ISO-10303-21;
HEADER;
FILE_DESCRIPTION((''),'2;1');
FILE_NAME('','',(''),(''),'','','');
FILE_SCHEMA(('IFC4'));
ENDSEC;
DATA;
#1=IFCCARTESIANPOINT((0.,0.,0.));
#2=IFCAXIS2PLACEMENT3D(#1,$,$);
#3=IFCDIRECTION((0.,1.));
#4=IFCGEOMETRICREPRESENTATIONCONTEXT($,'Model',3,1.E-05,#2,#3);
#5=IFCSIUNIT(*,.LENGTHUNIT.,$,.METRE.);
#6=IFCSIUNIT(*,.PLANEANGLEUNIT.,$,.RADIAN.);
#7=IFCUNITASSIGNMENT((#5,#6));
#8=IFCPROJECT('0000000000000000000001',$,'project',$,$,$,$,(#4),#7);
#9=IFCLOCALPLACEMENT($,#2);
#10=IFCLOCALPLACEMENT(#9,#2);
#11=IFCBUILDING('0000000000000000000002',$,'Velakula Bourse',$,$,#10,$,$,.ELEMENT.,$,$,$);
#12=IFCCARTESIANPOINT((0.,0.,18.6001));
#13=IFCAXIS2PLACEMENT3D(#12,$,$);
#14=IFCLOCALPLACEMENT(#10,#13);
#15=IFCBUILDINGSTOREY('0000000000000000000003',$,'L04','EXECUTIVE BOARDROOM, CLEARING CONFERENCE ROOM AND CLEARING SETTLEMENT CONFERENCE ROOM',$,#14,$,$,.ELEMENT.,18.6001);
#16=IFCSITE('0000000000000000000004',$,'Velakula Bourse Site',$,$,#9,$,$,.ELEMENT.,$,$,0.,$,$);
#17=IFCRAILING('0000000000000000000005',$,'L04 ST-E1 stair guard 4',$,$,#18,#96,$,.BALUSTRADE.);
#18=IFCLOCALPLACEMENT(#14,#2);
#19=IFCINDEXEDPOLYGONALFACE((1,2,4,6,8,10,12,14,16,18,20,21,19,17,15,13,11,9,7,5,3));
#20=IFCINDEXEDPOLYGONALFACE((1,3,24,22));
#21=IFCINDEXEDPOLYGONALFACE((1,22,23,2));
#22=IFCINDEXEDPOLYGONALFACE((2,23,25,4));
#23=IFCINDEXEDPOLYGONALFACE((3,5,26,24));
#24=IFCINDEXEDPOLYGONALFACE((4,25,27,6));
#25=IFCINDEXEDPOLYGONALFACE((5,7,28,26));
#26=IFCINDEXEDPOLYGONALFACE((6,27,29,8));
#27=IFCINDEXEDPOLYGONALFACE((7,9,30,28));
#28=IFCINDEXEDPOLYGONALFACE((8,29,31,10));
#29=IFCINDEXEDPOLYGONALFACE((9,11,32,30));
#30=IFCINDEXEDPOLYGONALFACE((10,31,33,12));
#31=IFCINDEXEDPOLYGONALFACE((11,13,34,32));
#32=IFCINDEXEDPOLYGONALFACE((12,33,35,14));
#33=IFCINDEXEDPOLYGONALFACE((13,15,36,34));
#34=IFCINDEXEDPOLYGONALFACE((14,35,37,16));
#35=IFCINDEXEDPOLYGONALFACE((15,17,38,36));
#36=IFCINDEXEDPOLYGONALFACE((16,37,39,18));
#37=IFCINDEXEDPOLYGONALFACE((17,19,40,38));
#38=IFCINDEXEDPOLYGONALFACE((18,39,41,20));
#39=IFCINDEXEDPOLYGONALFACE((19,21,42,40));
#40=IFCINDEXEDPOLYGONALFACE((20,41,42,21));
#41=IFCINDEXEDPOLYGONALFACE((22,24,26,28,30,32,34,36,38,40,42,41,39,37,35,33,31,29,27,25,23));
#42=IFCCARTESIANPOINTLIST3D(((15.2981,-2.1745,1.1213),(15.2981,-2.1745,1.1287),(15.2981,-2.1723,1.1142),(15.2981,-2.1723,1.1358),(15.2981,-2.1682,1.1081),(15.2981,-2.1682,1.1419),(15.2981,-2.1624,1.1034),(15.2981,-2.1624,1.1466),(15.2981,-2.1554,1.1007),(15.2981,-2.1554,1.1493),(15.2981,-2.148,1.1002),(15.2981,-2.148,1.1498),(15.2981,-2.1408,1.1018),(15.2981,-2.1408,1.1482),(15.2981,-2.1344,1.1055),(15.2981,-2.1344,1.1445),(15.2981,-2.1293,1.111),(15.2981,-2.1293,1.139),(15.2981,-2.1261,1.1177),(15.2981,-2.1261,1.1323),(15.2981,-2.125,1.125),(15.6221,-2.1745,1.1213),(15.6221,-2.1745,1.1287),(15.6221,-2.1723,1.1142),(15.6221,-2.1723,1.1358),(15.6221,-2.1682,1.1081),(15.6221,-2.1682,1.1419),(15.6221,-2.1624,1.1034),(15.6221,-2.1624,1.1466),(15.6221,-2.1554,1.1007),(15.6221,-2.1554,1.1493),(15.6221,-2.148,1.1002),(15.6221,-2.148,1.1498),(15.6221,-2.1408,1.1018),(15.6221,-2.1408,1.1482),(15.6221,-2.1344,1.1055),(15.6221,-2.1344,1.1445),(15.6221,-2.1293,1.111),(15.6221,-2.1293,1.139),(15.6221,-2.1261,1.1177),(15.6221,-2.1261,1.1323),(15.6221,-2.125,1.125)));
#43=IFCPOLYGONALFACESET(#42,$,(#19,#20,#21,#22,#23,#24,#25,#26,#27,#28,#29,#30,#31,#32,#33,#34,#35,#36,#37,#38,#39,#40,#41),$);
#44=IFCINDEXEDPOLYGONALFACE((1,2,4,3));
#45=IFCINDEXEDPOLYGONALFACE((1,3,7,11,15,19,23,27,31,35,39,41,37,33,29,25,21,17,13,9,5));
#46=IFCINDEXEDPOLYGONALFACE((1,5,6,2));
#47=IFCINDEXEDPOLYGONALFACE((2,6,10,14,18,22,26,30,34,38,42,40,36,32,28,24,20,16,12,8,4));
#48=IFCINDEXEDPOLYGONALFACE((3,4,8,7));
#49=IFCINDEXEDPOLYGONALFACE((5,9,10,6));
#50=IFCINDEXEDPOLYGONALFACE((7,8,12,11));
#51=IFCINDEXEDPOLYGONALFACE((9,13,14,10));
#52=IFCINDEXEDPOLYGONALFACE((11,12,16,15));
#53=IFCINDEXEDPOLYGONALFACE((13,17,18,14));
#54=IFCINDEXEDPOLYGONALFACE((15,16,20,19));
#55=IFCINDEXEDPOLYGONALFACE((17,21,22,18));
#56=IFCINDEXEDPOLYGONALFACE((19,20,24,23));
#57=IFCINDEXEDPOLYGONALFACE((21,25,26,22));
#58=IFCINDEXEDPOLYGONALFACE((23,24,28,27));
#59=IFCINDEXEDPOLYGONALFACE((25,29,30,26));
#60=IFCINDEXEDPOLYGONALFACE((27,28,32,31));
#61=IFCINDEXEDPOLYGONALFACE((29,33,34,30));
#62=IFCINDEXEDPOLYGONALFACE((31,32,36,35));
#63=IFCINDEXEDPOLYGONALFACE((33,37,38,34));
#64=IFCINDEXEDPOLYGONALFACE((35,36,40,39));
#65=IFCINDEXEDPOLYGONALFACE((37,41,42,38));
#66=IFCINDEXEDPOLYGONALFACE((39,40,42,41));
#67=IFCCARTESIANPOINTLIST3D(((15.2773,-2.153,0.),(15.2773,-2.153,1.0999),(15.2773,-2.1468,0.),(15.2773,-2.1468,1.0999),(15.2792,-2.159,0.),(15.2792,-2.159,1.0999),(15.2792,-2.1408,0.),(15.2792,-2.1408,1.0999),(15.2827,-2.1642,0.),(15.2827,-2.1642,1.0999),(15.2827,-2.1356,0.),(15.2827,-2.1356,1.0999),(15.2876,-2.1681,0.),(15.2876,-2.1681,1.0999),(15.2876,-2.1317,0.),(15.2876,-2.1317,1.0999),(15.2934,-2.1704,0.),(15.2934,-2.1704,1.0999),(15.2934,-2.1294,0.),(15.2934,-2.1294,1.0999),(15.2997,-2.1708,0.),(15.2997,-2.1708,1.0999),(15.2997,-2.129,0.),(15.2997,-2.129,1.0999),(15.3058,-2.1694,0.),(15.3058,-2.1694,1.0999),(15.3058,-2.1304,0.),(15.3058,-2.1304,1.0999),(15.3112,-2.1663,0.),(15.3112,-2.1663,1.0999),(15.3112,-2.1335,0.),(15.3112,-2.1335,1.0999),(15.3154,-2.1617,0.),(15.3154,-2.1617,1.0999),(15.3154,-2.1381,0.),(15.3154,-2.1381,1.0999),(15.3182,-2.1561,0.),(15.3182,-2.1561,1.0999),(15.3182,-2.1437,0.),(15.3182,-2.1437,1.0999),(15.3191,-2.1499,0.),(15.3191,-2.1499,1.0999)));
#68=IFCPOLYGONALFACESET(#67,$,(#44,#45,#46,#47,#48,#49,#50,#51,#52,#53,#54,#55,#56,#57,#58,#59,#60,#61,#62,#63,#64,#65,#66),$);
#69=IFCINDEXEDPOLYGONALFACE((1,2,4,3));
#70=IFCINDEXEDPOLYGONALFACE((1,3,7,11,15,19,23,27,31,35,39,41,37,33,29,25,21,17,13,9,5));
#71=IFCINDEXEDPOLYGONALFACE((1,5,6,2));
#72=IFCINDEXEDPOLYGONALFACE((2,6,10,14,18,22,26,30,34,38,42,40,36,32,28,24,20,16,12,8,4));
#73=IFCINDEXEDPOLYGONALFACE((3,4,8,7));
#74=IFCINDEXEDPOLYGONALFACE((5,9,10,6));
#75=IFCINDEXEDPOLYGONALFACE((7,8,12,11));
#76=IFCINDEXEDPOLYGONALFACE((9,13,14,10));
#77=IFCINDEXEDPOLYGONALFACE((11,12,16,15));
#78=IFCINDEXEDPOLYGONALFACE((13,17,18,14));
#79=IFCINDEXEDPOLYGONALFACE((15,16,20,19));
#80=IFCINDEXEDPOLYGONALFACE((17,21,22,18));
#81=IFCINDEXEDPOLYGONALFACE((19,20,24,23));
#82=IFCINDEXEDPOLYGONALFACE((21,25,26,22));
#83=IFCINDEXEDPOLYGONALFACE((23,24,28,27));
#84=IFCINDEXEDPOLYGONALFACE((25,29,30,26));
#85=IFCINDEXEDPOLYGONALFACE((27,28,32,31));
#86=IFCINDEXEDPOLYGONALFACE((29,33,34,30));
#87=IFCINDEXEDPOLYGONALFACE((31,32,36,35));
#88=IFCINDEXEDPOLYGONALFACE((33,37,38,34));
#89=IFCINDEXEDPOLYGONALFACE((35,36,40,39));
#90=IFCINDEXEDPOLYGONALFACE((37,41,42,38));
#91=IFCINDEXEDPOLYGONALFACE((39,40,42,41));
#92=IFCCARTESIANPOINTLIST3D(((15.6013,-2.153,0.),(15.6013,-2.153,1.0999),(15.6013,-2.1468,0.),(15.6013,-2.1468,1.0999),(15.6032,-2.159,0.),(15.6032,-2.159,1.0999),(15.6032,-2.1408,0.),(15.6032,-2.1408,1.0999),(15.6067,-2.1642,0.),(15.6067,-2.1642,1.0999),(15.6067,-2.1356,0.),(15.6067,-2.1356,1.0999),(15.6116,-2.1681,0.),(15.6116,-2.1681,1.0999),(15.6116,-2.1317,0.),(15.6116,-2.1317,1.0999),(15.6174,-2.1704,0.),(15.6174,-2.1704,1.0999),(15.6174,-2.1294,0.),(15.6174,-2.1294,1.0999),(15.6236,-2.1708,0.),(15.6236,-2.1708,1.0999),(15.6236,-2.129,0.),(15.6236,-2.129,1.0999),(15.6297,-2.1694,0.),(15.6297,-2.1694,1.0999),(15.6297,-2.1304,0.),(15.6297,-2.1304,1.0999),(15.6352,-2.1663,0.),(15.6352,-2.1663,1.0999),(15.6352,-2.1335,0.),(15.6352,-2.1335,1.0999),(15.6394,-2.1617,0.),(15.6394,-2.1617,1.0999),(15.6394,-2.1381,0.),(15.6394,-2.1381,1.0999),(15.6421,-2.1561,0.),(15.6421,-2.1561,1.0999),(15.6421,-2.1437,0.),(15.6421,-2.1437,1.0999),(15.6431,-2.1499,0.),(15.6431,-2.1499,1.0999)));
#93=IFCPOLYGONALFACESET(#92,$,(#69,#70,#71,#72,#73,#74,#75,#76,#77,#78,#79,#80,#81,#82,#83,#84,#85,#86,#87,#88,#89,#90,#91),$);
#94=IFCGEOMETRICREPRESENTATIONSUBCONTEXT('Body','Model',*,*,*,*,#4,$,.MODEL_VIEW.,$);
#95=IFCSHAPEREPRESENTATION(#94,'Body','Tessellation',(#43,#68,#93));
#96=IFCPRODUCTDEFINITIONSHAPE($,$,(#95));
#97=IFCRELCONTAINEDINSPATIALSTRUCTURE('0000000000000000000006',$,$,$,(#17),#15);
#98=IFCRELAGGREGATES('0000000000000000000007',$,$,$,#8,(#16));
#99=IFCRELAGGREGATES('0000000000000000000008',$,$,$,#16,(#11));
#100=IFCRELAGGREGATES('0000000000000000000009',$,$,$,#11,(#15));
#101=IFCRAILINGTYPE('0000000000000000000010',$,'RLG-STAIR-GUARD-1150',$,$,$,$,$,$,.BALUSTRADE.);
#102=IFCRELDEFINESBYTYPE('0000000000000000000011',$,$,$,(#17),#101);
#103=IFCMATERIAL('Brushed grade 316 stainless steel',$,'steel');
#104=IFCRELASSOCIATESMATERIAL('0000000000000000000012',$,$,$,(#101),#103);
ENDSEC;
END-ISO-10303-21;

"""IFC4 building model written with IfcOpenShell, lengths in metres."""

from ifc_helpers import new_model, si_unit, direction, frame, origin, origin_2d, place, context, subcontext, project, spatial, circle, extrude, material, type_object, element, save


model = new_model("IFC4")

# Units and contexts
model_context = context("Model", 3, precision=1e-05, world=origin(), true_north=direction((0.0, 1.0)))
body_context = subcontext(model_context, "Body", "Model", "MODEL_VIEW")
ifc_project = project(units=[si_unit("LENGTHUNIT", "METRE"), si_unit("PLANEANGLEUNIT", "RADIAN")], contexts=[model_context])

# Site, building, storey
site_placement = place(None, origin())
site = spatial("IfcSite", under=ifc_project, at=site_placement, Name="Velakula Bourse Site", CompositionType="ELEMENT", RefElevation=0.0)
building_placement = place(site_placement, origin())
building = spatial("IfcBuilding", under=site, at=building_placement, Name="Velakula Bourse", CompositionType="ELEMENT")
storey_placement = place(building_placement, frame((0.0, 0.0, 18.6001)))
storey = spatial("IfcBuildingStorey", under=building, at=storey_placement, Name="L04", Description="EXECUTIVE BOARDROOM, CLEARING CONFERENCE ROOM AND CLEARING SETTLEMENT CONFERENCE ROOM", CompositionType="ELEMENT", Elevation=18.6001)

# Shared definitions
ifc_material_1 = material(Name="Brushed grade 316 stainless steel", Category="steel")

# Railing
railing_type_1 = type_object("IfcRailingType", Name="RLG-STAIR-GUARD-1150", PredefinedType="BALUSTRADE", material=ifc_material_1)
railing_1_placement = place(storey_placement, frame((15.2981, -2.1499, 0.0)))
element("IfcRailing", 1, at=railing_1_placement, inside=storey, type_object=railing_type_1, Name="L04 ST-E1 stair guard 4", PredefinedType="BALUSTRADE", context=body_context, shape_type="SweptSolid", body=[
    extrude(circle(Radius=0.0249, at=origin_2d()), frame((0.0, 0.0, 1.125), z_axis=(1.0, 0.0, 0.0), x_axis=(0.0, 1.0, 0.0)), (0.0, 0.0, 1.0), 0.324),
    extrude(circle(Radius=0.021, at=origin_2d()), origin(), (0.0, 0.0, 1.0), 1.0999),
    extrude(circle(Radius=0.021, at=origin_2d()), frame((0.324, 0.0, 0.0)), (0.0, 0.0, 1.0), 1.0999),
])

save(model, "model.ifc")
